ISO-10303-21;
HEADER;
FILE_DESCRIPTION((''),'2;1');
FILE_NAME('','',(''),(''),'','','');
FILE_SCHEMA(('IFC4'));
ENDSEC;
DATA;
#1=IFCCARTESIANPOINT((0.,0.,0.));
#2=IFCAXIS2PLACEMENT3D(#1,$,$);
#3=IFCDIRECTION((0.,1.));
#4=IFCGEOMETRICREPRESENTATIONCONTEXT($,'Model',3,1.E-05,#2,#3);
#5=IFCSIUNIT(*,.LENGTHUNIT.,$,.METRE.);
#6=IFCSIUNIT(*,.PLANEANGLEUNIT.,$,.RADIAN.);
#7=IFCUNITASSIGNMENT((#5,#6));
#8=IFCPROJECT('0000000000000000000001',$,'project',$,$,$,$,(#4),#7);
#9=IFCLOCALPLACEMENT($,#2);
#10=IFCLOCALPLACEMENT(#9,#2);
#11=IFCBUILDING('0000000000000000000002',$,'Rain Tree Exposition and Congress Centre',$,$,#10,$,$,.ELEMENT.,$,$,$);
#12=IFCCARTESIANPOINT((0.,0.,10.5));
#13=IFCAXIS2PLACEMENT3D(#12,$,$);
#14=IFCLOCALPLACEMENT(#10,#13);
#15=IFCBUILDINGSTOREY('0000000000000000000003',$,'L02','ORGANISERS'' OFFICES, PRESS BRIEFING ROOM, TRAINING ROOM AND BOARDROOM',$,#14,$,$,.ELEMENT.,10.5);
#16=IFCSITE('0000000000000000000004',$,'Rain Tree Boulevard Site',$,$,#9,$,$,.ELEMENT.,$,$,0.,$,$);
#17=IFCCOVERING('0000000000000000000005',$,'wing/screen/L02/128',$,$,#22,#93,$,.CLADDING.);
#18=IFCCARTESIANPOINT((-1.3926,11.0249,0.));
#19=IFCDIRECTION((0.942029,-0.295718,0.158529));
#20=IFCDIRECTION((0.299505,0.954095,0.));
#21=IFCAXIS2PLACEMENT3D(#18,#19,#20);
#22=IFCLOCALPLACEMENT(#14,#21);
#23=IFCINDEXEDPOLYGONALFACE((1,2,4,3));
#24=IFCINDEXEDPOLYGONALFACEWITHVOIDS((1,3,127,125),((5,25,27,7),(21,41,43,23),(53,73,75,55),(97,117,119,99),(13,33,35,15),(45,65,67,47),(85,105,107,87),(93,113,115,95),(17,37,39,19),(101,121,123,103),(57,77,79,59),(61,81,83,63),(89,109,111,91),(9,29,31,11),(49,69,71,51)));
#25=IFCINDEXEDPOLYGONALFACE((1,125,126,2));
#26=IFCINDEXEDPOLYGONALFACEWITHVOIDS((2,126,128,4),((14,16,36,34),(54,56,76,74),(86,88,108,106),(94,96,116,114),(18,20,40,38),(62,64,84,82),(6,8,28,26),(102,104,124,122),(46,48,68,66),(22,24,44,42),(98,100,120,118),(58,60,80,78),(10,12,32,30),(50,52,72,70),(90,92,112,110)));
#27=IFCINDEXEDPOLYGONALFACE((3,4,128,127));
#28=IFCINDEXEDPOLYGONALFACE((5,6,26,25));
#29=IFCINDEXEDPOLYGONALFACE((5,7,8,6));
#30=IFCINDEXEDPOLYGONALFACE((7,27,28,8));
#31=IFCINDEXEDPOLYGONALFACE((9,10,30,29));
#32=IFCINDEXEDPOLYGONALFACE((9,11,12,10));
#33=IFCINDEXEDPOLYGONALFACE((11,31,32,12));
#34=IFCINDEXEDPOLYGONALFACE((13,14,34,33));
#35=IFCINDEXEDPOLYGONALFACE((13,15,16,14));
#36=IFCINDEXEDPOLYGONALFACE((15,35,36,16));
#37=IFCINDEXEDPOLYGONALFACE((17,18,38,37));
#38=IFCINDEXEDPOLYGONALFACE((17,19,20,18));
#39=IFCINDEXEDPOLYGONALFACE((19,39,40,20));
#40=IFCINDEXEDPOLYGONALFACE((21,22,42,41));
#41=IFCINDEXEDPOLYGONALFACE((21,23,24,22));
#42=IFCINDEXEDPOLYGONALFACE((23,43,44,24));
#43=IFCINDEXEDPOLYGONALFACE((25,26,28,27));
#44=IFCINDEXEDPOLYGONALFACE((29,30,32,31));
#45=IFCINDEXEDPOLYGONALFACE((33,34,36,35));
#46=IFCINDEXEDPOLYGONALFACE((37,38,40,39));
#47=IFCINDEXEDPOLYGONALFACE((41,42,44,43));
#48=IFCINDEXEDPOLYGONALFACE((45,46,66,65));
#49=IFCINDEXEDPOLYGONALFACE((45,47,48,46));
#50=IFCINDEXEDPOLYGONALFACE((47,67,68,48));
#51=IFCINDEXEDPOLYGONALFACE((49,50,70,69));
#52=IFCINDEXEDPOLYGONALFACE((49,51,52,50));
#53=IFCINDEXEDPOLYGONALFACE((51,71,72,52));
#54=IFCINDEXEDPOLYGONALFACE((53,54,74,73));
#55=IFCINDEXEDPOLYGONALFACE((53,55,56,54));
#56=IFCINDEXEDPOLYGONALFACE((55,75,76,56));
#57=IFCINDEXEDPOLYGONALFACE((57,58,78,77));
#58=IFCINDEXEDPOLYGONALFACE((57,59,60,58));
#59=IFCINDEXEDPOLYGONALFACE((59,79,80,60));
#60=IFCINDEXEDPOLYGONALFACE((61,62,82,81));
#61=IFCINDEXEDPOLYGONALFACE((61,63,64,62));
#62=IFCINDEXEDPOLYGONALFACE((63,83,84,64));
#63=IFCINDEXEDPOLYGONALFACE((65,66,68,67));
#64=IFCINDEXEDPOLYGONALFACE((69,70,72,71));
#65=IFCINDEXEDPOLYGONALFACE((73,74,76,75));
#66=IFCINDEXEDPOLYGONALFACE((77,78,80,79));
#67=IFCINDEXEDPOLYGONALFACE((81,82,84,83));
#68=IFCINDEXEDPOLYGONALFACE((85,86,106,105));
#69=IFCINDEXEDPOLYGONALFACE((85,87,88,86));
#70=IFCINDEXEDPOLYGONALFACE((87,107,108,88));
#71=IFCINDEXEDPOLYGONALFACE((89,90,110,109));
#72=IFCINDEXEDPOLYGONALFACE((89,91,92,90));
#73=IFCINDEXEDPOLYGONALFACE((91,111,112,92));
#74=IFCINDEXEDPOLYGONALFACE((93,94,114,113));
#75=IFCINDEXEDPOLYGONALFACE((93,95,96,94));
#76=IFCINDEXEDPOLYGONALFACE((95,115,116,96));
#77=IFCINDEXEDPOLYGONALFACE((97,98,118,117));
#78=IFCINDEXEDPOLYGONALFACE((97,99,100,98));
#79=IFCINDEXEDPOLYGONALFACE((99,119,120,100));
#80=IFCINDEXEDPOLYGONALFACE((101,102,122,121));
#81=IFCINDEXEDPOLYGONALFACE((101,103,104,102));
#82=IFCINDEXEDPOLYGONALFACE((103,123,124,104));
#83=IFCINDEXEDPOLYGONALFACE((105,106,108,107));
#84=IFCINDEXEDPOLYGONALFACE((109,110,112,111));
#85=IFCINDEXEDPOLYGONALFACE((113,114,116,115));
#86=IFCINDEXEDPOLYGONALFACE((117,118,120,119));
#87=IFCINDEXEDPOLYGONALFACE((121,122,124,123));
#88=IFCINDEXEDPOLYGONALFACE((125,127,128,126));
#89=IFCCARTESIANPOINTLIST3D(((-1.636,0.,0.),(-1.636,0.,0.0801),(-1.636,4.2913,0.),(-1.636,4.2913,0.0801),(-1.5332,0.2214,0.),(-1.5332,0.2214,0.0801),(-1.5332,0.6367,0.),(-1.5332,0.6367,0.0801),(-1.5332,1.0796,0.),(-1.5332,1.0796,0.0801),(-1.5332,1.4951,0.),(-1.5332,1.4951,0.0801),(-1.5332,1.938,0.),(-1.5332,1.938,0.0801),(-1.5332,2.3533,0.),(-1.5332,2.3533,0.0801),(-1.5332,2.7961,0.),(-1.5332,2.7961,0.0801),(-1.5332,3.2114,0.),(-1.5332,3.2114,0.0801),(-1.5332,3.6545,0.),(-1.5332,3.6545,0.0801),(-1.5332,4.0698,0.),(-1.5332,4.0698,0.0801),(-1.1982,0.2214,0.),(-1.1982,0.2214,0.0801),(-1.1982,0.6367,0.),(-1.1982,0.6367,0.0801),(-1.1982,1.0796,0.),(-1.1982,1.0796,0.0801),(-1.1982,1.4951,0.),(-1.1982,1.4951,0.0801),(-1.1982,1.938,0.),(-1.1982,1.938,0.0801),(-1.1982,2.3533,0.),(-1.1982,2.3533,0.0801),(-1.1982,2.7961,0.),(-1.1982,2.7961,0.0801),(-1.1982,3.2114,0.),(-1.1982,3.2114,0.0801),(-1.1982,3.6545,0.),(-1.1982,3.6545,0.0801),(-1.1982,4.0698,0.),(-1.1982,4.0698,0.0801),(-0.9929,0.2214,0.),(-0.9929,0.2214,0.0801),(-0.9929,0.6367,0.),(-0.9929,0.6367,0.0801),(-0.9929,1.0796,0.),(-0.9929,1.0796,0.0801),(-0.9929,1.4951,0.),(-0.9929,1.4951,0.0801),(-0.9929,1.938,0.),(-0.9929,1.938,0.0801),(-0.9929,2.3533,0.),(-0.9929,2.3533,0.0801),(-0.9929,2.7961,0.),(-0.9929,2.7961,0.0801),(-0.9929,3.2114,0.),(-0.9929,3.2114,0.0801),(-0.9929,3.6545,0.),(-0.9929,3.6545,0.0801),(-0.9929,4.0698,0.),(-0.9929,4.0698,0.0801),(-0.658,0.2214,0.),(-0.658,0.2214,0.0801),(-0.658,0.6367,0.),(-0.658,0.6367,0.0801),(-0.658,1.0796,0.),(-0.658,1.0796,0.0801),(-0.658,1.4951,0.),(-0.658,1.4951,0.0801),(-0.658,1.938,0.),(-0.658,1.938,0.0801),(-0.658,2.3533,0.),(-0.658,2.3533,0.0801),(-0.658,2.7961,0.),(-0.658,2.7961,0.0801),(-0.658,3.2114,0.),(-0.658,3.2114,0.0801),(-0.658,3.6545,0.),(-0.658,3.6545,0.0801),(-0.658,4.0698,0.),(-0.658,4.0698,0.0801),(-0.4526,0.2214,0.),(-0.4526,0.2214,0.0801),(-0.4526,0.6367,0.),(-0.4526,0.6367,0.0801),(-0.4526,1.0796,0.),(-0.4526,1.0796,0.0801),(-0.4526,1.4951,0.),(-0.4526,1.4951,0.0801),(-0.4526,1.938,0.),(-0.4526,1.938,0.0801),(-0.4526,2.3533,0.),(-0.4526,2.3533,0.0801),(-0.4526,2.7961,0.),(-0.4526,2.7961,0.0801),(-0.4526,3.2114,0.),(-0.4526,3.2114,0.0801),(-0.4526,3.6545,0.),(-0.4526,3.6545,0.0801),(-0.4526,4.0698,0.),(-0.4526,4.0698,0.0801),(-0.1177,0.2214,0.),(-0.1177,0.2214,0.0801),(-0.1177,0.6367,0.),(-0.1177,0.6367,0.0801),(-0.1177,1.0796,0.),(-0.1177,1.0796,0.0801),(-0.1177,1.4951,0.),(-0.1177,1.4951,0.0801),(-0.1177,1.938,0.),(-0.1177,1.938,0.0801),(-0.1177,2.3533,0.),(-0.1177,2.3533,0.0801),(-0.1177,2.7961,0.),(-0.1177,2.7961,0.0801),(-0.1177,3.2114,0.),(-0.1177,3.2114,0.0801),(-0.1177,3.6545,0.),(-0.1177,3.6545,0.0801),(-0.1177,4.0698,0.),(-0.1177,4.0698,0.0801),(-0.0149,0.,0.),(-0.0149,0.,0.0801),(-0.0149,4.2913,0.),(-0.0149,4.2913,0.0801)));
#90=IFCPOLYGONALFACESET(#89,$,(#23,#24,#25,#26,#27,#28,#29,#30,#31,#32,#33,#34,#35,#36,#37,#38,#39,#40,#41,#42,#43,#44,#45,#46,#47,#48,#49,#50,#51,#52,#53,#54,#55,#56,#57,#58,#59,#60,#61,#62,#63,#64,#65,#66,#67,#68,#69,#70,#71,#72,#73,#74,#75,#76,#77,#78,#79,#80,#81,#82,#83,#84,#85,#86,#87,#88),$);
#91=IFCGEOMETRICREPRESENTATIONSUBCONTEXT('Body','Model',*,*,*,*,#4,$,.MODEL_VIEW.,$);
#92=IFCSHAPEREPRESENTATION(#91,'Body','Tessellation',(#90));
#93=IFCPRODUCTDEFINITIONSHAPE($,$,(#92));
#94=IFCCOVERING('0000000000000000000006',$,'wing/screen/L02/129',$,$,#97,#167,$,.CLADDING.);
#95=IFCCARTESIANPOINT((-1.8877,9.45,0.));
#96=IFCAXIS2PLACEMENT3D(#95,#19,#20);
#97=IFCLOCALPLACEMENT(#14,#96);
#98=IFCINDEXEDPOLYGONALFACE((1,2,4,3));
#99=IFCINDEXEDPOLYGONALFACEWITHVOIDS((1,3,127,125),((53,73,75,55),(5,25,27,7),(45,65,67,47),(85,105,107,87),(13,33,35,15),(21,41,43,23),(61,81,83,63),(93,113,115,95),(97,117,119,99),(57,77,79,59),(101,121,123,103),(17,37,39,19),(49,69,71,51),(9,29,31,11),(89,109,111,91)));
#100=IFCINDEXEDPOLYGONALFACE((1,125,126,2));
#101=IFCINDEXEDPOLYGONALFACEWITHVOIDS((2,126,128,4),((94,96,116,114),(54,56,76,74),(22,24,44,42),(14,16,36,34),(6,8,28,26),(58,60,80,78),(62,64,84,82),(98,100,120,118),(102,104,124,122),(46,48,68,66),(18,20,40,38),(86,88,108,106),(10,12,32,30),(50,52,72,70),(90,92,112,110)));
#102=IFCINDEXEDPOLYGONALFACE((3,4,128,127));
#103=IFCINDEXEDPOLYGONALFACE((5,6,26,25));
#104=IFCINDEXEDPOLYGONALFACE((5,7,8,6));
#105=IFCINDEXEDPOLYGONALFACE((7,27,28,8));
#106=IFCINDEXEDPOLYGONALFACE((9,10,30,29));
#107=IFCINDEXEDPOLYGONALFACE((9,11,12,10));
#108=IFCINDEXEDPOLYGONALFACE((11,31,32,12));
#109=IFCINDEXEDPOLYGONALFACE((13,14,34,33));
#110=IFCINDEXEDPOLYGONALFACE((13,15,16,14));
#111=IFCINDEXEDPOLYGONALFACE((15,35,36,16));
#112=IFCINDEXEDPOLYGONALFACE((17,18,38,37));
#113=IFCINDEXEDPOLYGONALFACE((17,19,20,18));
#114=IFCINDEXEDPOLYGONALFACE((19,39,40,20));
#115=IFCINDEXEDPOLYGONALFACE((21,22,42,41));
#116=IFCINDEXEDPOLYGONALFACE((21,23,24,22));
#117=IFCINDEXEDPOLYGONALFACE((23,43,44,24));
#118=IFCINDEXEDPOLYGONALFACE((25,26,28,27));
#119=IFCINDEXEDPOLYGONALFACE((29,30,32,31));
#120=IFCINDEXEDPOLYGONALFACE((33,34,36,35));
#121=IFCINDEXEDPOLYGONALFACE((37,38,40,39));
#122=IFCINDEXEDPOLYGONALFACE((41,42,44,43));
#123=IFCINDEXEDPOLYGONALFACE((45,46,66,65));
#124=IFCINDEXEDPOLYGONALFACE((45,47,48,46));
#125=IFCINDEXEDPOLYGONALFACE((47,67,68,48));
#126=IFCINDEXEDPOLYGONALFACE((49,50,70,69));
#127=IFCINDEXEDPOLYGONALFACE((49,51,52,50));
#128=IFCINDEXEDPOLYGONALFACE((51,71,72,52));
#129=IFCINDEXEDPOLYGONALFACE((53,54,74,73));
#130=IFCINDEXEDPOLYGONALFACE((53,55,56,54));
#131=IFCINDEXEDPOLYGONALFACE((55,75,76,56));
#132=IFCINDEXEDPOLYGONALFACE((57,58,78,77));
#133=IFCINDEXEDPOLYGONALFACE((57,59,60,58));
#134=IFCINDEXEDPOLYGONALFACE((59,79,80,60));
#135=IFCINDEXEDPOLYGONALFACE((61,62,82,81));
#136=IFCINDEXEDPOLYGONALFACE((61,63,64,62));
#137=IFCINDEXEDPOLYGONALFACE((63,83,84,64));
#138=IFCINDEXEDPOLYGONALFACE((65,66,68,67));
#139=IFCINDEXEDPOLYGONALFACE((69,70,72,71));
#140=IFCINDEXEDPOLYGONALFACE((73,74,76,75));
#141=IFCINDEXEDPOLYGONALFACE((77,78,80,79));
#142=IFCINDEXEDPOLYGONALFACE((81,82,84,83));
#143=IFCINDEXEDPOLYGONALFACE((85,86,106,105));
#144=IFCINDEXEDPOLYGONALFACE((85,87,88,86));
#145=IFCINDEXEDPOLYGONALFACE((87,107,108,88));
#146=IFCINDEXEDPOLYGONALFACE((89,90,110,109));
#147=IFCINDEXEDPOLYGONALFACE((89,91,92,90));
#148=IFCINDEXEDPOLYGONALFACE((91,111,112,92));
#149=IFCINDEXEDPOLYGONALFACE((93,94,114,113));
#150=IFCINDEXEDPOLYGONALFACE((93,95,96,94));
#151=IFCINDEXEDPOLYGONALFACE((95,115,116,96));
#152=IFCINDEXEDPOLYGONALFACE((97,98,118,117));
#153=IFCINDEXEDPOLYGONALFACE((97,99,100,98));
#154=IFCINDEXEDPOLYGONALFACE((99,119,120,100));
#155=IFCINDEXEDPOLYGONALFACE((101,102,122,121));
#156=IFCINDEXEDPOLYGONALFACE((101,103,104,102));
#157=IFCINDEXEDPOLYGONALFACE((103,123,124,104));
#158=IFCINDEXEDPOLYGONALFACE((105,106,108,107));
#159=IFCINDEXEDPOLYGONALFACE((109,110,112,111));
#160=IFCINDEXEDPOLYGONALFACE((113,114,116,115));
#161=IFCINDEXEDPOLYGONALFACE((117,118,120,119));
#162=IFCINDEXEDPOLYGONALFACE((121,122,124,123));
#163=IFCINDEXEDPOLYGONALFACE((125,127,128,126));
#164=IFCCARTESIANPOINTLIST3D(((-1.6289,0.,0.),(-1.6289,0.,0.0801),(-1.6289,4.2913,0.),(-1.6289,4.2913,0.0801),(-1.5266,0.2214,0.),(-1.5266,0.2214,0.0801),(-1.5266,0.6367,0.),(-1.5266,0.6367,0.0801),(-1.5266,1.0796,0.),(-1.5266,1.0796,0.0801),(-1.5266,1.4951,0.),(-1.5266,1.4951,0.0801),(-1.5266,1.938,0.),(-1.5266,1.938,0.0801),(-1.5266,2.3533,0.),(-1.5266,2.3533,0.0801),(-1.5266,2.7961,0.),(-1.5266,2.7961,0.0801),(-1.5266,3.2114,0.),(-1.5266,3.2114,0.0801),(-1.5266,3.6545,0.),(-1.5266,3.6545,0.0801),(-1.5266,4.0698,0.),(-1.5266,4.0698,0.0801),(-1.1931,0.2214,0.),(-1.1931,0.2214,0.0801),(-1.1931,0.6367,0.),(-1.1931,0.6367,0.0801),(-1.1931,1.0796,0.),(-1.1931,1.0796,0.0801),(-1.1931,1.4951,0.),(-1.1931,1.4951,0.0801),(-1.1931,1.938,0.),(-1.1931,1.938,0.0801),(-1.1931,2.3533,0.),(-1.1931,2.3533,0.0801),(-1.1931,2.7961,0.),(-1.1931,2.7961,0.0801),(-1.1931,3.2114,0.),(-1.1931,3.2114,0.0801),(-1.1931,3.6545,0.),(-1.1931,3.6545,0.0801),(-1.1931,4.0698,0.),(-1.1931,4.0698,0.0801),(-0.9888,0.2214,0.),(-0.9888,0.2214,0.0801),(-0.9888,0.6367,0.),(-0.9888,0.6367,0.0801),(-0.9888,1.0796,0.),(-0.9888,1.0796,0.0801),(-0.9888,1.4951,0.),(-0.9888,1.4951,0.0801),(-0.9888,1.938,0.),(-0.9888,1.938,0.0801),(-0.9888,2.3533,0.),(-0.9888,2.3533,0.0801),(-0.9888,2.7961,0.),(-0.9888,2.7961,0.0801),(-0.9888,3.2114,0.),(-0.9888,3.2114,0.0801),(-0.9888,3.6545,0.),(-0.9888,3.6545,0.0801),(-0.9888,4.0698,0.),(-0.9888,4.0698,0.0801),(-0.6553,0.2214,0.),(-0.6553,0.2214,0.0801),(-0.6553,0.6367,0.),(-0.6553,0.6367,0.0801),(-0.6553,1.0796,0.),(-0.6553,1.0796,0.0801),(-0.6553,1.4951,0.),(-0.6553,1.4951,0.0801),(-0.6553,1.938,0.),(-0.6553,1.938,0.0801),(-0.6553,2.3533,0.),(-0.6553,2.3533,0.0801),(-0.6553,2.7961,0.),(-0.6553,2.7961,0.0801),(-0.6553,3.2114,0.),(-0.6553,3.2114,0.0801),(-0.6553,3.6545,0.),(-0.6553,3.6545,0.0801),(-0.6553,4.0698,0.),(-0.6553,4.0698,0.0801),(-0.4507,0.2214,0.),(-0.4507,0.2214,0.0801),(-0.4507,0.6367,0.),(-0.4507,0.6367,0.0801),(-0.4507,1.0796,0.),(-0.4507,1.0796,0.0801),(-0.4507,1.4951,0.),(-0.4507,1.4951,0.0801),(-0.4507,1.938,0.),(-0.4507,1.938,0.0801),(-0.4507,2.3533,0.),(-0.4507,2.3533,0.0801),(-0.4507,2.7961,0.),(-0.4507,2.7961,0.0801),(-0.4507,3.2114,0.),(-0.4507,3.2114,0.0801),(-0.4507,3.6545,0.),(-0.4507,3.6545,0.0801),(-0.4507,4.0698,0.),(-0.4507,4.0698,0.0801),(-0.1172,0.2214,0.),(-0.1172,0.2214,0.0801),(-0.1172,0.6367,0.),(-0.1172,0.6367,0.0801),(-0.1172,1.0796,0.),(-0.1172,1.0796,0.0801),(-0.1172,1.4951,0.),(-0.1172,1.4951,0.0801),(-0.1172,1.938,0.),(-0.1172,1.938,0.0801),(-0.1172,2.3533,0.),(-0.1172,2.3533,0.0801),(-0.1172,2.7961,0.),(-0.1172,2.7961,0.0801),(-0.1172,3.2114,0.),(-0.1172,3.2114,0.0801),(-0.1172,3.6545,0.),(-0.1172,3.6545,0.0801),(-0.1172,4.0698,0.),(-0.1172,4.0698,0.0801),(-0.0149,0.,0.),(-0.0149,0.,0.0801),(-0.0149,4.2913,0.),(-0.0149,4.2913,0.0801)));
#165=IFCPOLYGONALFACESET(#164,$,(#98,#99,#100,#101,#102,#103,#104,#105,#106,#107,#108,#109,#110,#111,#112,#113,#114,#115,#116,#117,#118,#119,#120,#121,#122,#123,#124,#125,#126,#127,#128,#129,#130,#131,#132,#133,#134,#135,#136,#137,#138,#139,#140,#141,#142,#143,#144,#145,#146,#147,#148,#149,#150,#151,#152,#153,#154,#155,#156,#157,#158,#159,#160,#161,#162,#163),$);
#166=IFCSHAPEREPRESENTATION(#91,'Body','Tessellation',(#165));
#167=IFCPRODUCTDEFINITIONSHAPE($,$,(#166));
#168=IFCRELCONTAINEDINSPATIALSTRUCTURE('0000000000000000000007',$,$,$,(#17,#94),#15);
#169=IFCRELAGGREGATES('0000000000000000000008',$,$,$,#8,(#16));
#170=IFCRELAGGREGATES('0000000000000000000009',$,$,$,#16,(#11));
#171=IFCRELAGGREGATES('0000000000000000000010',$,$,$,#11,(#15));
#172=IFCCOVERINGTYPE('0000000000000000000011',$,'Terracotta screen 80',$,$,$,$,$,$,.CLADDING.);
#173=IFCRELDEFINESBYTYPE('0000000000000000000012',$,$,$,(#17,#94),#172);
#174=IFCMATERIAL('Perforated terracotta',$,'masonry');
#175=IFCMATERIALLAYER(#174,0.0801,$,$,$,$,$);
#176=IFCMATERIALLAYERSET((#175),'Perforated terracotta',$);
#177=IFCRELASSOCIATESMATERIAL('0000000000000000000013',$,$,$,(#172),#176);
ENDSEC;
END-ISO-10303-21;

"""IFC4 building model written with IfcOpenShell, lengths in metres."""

from ifc_helpers import new_model, si_unit, direction, frame, origin, place, context, subcontext, project, spatial, polyline, outline, extrude, material, layer, layer_set, type_object, element, save


model = new_model("IFC4")

# Units and contexts
model_context = context("Model", 3, precision=1e-05, world=origin(), true_north=direction((0.0, 1.0)))
body_context = subcontext(model_context, "Body", "Model", "MODEL_VIEW")
ifc_project = project(units=[si_unit("LENGTHUNIT", "METRE"), si_unit("PLANEANGLEUNIT", "RADIAN")], contexts=[model_context])

# Site, building, storey
site_placement = place(None, origin())
site = spatial("IfcSite", under=ifc_project, at=site_placement, Name="Rain Tree Boulevard Site", CompositionType="ELEMENT", RefElevation=0.0)
building_placement = place(site_placement, origin())
building = spatial("IfcBuilding", under=site, at=building_placement, Name="Rain Tree Exposition and Congress Centre", CompositionType="ELEMENT")
storey_placement = place(building_placement, frame((0.0, 0.0, 10.5)))
storey = spatial("IfcBuildingStorey", under=building, at=storey_placement, Name="L02", Description="ORGANISERS' OFFICES, PRESS BRIEFING ROOM, TRAINING ROOM AND BOARDROOM", CompositionType="ELEMENT", Elevation=10.5)

# Coverings
ifc_material_1 = material(Name="Perforated terracotta", Category="masonry")
ifc_layer_1 = layer(ifc_material_1, 0.0801)
ifc_layer_set_1 = layer_set([ifc_layer_1], Name="Perforated terracotta")
covering_type = type_object("IfcCoveringType", Name="Terracotta screen 80", PredefinedType="CLADDING", material=ifc_layer_set_1)
covering_1_placement = place(storey_placement, frame((-1.3926, 11.0249, 0.0), z_axis=(0.942029, -0.295718, 0.158529), x_axis=(0.299505, 0.954095, 0.0)))
element("IfcCovering", 1, at=covering_1_placement, inside=storey, type_object=covering_type, Name="wing/screen/L02/128", PredefinedType="CLADDING", context=body_context, shape_type="SweptSolid", body=[
    extrude(outline(polyline([(-1.636, 0.0), (-1.636, 4.2913), (-0.0149, 4.2913), (-0.0149, 0.0), (-1.636, 0.0)]), holes=[polyline([(-0.1177, 0.2214), (-0.1177, 0.6367), (-0.4526, 0.6367), (-0.4526, 0.2214), (-0.1177, 0.2214)]), polyline([(-0.1177, 1.0796), (-0.1177, 1.4951), (-0.4526, 1.4951), (-0.4526, 1.0796), (-0.1177, 1.0796)]), polyline([(-0.1177, 1.938), (-0.1177, 2.3533), (-0.4526, 2.3533), (-0.4526, 1.938), (-0.1177, 1.938)]), polyline([(-0.1177, 2.7961), (-0.1177, 3.2114), (-0.4526, 3.2114), (-0.4526, 2.7961), (-0.1177, 2.7961)]), polyline([(-0.1177, 3.6545), (-0.1177, 4.0698), (-0.4526, 4.0698), (-0.4526, 3.6545), (-0.1177, 3.6545)]), polyline([(-0.658, 0.2214), (-0.658, 0.6367), (-0.9929, 0.6367), (-0.9929, 0.2214), (-0.658, 0.2214)]), polyline([(-0.658, 1.0796), (-0.658, 1.4951), (-0.9929, 1.4951), (-0.9929, 1.0796), (-0.658, 1.0796)]), polyline([(-0.658, 1.938), (-0.658, 2.3533), (-0.9929, 2.3533), (-0.9929, 1.938), (-0.658, 1.938)]), polyline([(-0.658, 2.7961), (-0.658, 3.2114), (-0.9929, 3.2114), (-0.9929, 2.7961), (-0.658, 2.7961)]), polyline([(-0.658, 3.6545), (-0.658, 4.0698), (-0.9929, 4.0698), (-0.9929, 3.6545), (-0.658, 3.6545)]), polyline([(-1.1982, 0.2214), (-1.1982, 0.6367), (-1.5332, 0.6367), (-1.5332, 0.2214), (-1.1982, 0.2214)]), polyline([(-1.1982, 1.0796), (-1.1982, 1.4951), (-1.5332, 1.4951), (-1.5332, 1.0796), (-1.1982, 1.0796)]), polyline([(-1.1982, 1.938), (-1.1982, 2.3533), (-1.5332, 2.3533), (-1.5332, 1.938), (-1.1982, 1.938)]), polyline([(-1.1982, 2.7961), (-1.1982, 3.2114), (-1.5332, 3.2114), (-1.5332, 2.7961), (-1.1982, 2.7961)]), polyline([(-1.1982, 3.6545), (-1.1982, 4.0698), (-1.5332, 4.0698), (-1.5332, 3.6545), (-1.1982, 3.6545)])]), origin(), (0.0, 0.0, 1.0), 0.0801),
])
covering_2_placement = place(storey_placement, frame((-1.8877, 9.45, 0.0), z_axis=(0.942029, -0.295718, 0.158529), x_axis=(0.299505, 0.954095, 0.0)))
element("IfcCovering", 2, at=covering_2_placement, inside=storey, type_object=covering_type, Name="wing/screen/L02/129", PredefinedType="CLADDING", context=body_context, shape_type="SweptSolid", body=[
    extrude(outline(polyline([(-1.6289, 0.0), (-1.6289, 4.2913), (-0.0149, 4.2913), (-0.0149, 0.0), (-1.6289, 0.0)]), holes=[polyline([(-0.1172, 0.2214), (-0.1172, 0.6367), (-0.4507, 0.6367), (-0.4507, 0.2214), (-0.1172, 0.2214)]), polyline([(-0.1172, 1.0796), (-0.1172, 1.4951), (-0.4507, 1.4951), (-0.4507, 1.0796), (-0.1172, 1.0796)]), polyline([(-0.1172, 1.938), (-0.1172, 2.3533), (-0.4507, 2.3533), (-0.4507, 1.938), (-0.1172, 1.938)]), polyline([(-0.1172, 2.7961), (-0.1172, 3.2114), (-0.4507, 3.2114), (-0.4507, 2.7961), (-0.1172, 2.7961)]), polyline([(-0.1172, 3.6545), (-0.1172, 4.0698), (-0.4507, 4.0698), (-0.4507, 3.6545), (-0.1172, 3.6545)]), polyline([(-0.6553, 0.2214), (-0.6553, 0.6367), (-0.9888, 0.6367), (-0.9888, 0.2214), (-0.6553, 0.2214)]), polyline([(-0.6553, 1.0796), (-0.6553, 1.4951), (-0.9888, 1.4951), (-0.9888, 1.0796), (-0.6553, 1.0796)]), polyline([(-0.6553, 1.938), (-0.6553, 2.3533), (-0.9888, 2.3533), (-0.9888, 1.938), (-0.6553, 1.938)]), polyline([(-0.6553, 2.7961), (-0.6553, 3.2114), (-0.9888, 3.2114), (-0.9888, 2.7961), (-0.6553, 2.7961)]), polyline([(-0.6553, 3.6545), (-0.6553, 4.0698), (-0.9888, 4.0698), (-0.9888, 3.6545), (-0.6553, 3.6545)]), polyline([(-1.1931, 0.2214), (-1.1931, 0.6367), (-1.5266, 0.6367), (-1.5266, 0.2214), (-1.1931, 0.2214)]), polyline([(-1.1931, 1.0796), (-1.1931, 1.4951), (-1.5266, 1.4951), (-1.5266, 1.0796), (-1.1931, 1.0796)]), polyline([(-1.1931, 1.938), (-1.1931, 2.3533), (-1.5266, 2.3533), (-1.5266, 1.938), (-1.1931, 1.938)]), polyline([(-1.1931, 2.7961), (-1.1931, 3.2114), (-1.5266, 3.2114), (-1.5266, 2.7961), (-1.1931, 2.7961)]), polyline([(-1.1931, 3.6545), (-1.1931, 4.0698), (-1.5266, 4.0698), (-1.5266, 3.6545), (-1.1931, 3.6545)])]), origin(), (0.0, 0.0, 1.0), 0.0801),
])

save(model, "model.ifc")
